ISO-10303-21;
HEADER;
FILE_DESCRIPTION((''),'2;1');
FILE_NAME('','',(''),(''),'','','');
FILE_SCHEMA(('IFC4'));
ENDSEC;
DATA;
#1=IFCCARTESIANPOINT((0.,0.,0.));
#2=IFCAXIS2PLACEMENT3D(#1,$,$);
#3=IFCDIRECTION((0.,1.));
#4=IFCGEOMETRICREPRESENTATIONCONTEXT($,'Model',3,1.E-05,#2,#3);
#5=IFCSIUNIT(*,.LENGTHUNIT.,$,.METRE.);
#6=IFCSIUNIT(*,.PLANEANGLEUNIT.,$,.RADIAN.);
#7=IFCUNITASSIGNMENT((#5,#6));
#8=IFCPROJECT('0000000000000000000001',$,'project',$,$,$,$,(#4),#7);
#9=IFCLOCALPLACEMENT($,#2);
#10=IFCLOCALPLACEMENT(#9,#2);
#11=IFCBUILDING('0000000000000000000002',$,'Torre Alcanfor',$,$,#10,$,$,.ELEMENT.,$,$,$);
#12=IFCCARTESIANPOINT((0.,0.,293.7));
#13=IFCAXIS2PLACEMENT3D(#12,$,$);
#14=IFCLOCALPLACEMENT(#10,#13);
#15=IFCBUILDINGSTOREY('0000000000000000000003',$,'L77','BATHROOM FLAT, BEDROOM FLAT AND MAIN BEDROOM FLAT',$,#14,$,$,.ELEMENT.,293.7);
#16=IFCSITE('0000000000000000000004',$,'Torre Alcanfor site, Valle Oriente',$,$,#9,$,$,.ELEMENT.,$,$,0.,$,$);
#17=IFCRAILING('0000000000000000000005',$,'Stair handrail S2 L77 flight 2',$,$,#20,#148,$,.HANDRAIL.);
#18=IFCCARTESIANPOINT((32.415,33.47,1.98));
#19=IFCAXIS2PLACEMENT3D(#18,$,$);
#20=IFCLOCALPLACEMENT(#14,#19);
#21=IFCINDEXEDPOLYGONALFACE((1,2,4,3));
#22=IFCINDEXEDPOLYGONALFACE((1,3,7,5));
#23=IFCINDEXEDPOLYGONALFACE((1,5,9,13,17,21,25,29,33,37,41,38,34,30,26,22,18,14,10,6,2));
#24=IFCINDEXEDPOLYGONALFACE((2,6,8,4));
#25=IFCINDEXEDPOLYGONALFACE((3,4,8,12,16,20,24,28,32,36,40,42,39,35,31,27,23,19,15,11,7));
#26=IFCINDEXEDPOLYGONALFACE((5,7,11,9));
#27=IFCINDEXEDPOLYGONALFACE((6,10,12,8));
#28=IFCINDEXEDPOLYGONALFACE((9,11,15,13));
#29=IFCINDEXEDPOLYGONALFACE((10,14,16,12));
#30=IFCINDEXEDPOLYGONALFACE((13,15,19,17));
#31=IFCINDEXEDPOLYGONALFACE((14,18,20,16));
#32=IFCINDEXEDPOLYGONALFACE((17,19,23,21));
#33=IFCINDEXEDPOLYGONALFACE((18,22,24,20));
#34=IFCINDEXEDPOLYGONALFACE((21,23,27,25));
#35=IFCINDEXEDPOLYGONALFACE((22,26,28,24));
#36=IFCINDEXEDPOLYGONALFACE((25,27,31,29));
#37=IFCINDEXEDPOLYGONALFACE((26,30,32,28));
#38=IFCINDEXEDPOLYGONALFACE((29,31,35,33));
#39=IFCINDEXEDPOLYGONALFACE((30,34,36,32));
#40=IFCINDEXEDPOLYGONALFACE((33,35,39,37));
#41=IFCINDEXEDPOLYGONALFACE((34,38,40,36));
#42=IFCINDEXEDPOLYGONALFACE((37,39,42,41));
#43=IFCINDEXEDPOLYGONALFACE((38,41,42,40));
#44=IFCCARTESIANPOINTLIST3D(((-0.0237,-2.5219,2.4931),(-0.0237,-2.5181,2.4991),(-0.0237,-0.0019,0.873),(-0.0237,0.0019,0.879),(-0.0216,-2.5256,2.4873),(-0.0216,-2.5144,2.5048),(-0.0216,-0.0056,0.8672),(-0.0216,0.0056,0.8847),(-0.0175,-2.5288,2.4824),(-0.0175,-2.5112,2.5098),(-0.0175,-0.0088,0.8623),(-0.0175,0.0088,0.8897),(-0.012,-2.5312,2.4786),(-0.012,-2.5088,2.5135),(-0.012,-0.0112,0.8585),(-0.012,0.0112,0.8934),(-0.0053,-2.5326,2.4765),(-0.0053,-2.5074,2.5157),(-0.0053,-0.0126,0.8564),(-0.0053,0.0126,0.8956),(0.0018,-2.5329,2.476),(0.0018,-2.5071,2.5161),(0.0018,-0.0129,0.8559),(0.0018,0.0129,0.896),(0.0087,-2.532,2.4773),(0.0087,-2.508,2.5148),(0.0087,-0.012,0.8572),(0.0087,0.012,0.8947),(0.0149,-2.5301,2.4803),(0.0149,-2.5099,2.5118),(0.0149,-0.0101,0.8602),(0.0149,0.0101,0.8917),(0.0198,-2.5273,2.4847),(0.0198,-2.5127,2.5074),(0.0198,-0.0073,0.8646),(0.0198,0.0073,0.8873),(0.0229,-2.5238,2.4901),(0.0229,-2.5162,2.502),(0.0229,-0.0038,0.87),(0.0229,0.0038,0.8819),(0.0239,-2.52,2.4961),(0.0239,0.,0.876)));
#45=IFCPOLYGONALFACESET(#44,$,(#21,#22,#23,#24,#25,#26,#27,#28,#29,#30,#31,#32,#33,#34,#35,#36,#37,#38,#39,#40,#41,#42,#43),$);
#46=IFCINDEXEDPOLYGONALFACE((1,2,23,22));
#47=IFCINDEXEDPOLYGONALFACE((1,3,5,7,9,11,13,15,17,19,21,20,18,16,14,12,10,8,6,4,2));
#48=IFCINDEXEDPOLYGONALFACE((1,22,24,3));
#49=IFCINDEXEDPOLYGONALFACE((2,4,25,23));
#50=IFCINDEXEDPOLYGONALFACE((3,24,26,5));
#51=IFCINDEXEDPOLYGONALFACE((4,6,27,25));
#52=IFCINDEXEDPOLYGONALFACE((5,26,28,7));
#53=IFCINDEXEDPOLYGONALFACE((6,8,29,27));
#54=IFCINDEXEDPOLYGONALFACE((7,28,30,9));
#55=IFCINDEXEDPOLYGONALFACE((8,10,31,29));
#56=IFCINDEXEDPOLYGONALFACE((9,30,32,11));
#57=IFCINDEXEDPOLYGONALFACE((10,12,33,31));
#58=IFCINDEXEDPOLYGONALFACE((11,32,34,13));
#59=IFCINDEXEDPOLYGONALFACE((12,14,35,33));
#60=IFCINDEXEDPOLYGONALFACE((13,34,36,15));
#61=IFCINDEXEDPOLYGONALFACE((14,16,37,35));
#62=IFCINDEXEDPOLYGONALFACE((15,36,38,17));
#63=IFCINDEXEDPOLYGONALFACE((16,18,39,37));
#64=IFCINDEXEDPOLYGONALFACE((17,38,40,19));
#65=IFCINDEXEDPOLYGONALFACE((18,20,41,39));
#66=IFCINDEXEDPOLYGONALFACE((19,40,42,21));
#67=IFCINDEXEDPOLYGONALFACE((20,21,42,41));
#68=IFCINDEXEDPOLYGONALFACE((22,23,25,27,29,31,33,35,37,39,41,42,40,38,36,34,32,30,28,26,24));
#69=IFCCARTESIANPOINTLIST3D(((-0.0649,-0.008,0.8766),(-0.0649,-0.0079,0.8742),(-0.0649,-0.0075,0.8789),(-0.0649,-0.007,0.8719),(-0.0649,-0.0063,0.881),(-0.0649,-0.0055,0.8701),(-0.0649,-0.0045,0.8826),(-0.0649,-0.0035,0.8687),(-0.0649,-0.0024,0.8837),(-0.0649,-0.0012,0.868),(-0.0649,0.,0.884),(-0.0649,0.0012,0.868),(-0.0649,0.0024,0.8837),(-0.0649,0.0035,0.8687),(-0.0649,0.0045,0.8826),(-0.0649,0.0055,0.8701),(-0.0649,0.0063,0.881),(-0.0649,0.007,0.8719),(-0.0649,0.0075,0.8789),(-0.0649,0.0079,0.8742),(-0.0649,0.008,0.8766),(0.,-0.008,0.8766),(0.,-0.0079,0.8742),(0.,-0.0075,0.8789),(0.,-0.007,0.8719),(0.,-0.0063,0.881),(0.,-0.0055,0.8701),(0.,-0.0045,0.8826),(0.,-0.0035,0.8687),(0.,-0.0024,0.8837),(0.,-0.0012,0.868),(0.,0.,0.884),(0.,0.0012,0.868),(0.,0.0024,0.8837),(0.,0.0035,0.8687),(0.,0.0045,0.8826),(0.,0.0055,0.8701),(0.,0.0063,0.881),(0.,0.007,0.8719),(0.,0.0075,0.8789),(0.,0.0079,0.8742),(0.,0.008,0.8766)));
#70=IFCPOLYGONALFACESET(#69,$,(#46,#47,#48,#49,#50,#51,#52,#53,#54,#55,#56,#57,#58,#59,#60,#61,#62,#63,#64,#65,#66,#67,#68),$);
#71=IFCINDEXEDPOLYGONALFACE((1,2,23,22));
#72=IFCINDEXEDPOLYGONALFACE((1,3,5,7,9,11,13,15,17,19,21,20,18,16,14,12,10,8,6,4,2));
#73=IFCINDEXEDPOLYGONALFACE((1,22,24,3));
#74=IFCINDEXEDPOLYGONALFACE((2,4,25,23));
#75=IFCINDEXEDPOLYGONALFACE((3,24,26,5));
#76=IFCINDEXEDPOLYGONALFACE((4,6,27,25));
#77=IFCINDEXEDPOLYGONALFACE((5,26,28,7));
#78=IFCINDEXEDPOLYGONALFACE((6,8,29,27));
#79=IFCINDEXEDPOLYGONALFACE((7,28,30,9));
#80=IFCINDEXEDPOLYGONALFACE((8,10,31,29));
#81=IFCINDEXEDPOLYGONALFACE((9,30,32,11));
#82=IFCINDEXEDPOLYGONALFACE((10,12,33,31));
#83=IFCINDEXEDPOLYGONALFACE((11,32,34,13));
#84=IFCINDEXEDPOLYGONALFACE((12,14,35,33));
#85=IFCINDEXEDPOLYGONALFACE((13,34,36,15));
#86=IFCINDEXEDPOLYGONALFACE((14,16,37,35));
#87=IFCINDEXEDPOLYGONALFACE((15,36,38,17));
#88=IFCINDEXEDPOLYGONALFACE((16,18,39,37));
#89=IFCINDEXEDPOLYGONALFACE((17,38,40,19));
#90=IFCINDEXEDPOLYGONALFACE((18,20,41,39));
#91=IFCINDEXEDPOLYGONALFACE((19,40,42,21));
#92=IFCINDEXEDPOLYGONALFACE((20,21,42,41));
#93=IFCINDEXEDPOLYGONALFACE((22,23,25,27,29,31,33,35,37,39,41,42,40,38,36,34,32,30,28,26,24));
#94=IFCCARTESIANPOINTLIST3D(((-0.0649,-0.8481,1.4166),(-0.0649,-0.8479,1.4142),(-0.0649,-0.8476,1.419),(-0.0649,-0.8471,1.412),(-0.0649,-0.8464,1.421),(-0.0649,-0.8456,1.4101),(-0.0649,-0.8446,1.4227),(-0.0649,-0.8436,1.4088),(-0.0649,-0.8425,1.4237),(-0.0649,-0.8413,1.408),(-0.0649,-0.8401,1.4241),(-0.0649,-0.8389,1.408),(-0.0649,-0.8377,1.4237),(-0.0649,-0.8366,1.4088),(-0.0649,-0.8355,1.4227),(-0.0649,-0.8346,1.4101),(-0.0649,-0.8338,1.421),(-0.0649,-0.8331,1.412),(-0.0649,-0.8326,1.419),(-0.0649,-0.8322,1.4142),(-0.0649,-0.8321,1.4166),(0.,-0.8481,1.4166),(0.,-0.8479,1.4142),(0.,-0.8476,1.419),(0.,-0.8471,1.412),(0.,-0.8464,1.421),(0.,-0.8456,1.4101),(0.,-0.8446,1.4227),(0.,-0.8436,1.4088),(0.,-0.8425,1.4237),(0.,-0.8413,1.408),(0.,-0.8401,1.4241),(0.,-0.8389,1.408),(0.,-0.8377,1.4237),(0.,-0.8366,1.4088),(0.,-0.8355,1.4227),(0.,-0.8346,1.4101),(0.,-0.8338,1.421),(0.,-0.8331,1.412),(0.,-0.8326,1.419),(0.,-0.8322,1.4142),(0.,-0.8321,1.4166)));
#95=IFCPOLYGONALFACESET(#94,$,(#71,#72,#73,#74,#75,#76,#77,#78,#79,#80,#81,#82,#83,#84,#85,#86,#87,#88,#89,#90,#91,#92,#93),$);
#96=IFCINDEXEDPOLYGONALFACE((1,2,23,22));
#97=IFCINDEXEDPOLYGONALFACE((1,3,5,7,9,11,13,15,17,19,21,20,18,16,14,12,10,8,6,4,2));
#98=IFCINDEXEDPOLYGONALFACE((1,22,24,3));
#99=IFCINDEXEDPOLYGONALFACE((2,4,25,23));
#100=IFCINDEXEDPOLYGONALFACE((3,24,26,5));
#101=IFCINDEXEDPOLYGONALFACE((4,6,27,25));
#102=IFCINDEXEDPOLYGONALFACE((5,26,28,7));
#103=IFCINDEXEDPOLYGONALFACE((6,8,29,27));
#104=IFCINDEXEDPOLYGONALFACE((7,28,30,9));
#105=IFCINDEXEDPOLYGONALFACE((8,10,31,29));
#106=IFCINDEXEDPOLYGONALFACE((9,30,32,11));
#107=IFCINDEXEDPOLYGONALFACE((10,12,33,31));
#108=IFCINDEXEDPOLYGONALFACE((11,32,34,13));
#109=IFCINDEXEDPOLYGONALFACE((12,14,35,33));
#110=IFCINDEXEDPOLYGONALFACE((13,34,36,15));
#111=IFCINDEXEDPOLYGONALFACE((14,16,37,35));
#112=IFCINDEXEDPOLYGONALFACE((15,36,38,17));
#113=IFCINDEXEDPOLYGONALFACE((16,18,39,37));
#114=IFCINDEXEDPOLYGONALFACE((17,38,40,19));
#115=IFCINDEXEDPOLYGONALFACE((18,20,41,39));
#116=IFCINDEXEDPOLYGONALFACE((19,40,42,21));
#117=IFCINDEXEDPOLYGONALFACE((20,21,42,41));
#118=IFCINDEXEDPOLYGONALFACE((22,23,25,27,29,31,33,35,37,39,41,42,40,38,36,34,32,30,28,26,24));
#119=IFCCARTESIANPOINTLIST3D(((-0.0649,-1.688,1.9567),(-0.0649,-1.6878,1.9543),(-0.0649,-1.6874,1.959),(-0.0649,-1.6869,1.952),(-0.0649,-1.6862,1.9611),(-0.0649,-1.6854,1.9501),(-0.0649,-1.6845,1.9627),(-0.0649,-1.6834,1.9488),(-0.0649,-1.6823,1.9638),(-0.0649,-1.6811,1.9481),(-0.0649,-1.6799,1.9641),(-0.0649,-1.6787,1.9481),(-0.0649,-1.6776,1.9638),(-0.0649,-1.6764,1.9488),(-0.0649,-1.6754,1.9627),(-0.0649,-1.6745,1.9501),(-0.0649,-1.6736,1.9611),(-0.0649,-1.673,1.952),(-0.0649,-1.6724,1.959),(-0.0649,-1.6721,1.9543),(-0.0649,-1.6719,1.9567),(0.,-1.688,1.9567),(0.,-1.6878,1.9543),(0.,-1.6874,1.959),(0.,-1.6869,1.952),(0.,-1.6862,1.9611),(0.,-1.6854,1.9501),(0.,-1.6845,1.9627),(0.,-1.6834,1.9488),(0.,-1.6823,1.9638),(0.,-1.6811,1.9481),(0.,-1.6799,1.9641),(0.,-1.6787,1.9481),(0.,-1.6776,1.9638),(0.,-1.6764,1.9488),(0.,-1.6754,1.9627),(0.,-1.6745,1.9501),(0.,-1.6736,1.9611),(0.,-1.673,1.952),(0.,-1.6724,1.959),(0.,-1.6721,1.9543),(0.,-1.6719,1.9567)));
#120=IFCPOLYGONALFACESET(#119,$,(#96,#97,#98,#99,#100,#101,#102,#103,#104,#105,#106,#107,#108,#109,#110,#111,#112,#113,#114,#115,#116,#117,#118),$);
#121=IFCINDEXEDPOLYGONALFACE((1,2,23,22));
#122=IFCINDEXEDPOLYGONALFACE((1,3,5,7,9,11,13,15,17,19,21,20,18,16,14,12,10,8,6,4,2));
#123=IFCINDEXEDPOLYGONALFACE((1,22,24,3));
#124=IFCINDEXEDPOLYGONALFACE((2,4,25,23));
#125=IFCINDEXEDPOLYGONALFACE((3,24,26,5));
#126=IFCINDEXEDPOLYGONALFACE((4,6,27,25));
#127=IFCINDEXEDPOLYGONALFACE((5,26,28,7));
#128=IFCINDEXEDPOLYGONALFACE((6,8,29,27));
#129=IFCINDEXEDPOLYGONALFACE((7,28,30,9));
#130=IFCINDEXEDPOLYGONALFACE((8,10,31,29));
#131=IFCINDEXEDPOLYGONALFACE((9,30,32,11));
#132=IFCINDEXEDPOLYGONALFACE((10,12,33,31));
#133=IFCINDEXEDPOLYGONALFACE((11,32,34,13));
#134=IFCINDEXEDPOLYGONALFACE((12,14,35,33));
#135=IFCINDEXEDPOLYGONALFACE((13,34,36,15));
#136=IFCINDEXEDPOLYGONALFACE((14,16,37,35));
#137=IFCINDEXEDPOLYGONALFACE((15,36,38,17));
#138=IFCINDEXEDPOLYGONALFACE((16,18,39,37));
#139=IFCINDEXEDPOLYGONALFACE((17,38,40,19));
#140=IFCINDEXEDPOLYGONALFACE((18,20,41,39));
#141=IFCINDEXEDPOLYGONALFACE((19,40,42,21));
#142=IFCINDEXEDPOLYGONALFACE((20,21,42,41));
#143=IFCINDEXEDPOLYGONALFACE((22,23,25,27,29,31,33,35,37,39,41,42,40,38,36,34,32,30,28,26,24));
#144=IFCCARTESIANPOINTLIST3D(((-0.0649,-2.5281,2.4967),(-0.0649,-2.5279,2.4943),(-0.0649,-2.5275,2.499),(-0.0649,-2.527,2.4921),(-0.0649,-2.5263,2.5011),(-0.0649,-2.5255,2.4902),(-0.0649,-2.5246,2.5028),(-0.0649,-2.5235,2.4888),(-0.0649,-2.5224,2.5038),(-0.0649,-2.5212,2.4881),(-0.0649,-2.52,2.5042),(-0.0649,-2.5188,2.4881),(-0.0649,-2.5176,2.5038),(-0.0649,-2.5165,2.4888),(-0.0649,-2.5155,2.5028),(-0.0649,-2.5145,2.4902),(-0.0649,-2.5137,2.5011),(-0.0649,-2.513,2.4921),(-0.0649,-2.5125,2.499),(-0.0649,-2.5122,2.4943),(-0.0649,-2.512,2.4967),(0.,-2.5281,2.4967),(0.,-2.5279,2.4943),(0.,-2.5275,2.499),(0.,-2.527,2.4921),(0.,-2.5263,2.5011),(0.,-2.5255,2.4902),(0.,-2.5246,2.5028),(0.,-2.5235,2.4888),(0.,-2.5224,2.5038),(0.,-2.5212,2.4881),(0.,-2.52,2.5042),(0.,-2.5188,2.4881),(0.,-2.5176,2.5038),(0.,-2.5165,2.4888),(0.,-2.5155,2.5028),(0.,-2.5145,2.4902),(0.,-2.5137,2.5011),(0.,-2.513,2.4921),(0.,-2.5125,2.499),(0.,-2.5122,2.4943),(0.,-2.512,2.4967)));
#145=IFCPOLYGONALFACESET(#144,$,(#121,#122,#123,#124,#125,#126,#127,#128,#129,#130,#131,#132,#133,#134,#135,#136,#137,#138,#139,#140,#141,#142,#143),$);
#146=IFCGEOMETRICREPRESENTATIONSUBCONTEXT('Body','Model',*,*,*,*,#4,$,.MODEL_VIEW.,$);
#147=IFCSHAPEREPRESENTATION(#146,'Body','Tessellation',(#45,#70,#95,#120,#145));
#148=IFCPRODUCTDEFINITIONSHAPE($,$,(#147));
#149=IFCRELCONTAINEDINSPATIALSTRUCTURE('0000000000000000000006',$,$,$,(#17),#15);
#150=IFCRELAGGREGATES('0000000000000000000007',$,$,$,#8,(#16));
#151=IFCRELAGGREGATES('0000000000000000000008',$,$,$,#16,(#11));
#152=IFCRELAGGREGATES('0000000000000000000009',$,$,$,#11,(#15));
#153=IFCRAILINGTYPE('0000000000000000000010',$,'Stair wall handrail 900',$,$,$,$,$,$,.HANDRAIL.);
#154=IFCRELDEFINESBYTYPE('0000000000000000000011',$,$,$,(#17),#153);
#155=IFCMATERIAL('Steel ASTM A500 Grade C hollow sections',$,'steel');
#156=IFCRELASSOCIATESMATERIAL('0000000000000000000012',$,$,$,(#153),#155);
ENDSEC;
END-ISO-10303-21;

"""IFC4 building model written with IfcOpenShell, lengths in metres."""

from ifc_helpers import new_model, si_unit, direction, frame, origin, origin_2d, place, context, subcontext, project, spatial, circle, extrude, material, type_object, element, save


model = new_model("IFC4")

# Units and contexts
model_context = context("Model", 3, precision=1e-05, world=origin(), true_north=direction((0.0, 1.0)))
body_context = subcontext(model_context, "Body", "Model", "MODEL_VIEW")
ifc_project = project(units=[si_unit("LENGTHUNIT", "METRE"), si_unit("PLANEANGLEUNIT", "RADIAN")], contexts=[model_context])

# Site, building, storey
site_placement = place(None, origin())
site = spatial("IfcSite", under=ifc_project, at=site_placement, Name="Torre Alcanfor site, Valle Oriente", CompositionType="ELEMENT", RefElevation=0.0)
building_placement = place(site_placement, origin())
building = spatial("IfcBuilding", under=site, at=building_placement, Name="Torre Alcanfor", CompositionType="ELEMENT")
storey_placement = place(building_placement, frame((0.0, 0.0, 293.7)))
storey = spatial("IfcBuildingStorey", under=building, at=storey_placement, Name="L77", Description="BATHROOM FLAT, BEDROOM FLAT AND MAIN BEDROOM FLAT", CompositionType="ELEMENT", Elevation=293.7)

# Railing
ifc_material_1 = material(Name="Steel ASTM A500 Grade C hollow sections", Category="steel")
railing_type_1 = type_object("IfcRailingType", Name="Stair wall handrail 900", PredefinedType="HANDRAIL", material=ifc_material_1)
railing_1_placement = place(storey_placement, frame((32.415, 33.47, 1.98)))
element("IfcRailing", 1, at=railing_1_placement, inside=storey, type_object=railing_type_1, Name="Stair handrail S2 L77 flight 2", PredefinedType="HANDRAIL", context=body_context, shape_type="SweptSolid", body=[
    extrude(circle(Radius=0.0239, at=origin_2d()), frame((0.0, 0.0, 0.876), z_axis=(0.0, -0.841163, 0.540782), x_axis=(1.0, 0.0, 0.0)), (0.0, 0.0, 1.0), 2.9958),
    extrude(circle(Radius=0.0081, at=origin_2d()), frame((0.0, 0.0, 0.876), z_axis=(-1.0, 0.0, 0.0), x_axis=(0.0, 0.0, 1.0)), (0.0, 0.0, 1.0), 0.0649),
    extrude(circle(Radius=0.0081, at=origin_2d()), frame((0.0, -0.8401, 1.416), z_axis=(-1.0, 0.0, 0.0), x_axis=(0.0, 0.0, 1.0)), (0.0, 0.0, 1.0), 0.0649),
    extrude(circle(Radius=0.0081, at=origin_2d()), frame((0.0, -1.6799, 1.9561), z_axis=(-1.0, 0.0, 0.0), x_axis=(0.0, 0.0, 1.0)), (0.0, 0.0, 1.0), 0.0649),
    extrude(circle(Radius=0.0081, at=origin_2d()), frame((0.0, -2.52, 2.4961), z_axis=(-1.0, 0.0, 0.0), x_axis=(0.0, 0.0, 1.0)), (0.0, 0.0, 1.0), 0.0649),
])

save(model, "model.ifc")
